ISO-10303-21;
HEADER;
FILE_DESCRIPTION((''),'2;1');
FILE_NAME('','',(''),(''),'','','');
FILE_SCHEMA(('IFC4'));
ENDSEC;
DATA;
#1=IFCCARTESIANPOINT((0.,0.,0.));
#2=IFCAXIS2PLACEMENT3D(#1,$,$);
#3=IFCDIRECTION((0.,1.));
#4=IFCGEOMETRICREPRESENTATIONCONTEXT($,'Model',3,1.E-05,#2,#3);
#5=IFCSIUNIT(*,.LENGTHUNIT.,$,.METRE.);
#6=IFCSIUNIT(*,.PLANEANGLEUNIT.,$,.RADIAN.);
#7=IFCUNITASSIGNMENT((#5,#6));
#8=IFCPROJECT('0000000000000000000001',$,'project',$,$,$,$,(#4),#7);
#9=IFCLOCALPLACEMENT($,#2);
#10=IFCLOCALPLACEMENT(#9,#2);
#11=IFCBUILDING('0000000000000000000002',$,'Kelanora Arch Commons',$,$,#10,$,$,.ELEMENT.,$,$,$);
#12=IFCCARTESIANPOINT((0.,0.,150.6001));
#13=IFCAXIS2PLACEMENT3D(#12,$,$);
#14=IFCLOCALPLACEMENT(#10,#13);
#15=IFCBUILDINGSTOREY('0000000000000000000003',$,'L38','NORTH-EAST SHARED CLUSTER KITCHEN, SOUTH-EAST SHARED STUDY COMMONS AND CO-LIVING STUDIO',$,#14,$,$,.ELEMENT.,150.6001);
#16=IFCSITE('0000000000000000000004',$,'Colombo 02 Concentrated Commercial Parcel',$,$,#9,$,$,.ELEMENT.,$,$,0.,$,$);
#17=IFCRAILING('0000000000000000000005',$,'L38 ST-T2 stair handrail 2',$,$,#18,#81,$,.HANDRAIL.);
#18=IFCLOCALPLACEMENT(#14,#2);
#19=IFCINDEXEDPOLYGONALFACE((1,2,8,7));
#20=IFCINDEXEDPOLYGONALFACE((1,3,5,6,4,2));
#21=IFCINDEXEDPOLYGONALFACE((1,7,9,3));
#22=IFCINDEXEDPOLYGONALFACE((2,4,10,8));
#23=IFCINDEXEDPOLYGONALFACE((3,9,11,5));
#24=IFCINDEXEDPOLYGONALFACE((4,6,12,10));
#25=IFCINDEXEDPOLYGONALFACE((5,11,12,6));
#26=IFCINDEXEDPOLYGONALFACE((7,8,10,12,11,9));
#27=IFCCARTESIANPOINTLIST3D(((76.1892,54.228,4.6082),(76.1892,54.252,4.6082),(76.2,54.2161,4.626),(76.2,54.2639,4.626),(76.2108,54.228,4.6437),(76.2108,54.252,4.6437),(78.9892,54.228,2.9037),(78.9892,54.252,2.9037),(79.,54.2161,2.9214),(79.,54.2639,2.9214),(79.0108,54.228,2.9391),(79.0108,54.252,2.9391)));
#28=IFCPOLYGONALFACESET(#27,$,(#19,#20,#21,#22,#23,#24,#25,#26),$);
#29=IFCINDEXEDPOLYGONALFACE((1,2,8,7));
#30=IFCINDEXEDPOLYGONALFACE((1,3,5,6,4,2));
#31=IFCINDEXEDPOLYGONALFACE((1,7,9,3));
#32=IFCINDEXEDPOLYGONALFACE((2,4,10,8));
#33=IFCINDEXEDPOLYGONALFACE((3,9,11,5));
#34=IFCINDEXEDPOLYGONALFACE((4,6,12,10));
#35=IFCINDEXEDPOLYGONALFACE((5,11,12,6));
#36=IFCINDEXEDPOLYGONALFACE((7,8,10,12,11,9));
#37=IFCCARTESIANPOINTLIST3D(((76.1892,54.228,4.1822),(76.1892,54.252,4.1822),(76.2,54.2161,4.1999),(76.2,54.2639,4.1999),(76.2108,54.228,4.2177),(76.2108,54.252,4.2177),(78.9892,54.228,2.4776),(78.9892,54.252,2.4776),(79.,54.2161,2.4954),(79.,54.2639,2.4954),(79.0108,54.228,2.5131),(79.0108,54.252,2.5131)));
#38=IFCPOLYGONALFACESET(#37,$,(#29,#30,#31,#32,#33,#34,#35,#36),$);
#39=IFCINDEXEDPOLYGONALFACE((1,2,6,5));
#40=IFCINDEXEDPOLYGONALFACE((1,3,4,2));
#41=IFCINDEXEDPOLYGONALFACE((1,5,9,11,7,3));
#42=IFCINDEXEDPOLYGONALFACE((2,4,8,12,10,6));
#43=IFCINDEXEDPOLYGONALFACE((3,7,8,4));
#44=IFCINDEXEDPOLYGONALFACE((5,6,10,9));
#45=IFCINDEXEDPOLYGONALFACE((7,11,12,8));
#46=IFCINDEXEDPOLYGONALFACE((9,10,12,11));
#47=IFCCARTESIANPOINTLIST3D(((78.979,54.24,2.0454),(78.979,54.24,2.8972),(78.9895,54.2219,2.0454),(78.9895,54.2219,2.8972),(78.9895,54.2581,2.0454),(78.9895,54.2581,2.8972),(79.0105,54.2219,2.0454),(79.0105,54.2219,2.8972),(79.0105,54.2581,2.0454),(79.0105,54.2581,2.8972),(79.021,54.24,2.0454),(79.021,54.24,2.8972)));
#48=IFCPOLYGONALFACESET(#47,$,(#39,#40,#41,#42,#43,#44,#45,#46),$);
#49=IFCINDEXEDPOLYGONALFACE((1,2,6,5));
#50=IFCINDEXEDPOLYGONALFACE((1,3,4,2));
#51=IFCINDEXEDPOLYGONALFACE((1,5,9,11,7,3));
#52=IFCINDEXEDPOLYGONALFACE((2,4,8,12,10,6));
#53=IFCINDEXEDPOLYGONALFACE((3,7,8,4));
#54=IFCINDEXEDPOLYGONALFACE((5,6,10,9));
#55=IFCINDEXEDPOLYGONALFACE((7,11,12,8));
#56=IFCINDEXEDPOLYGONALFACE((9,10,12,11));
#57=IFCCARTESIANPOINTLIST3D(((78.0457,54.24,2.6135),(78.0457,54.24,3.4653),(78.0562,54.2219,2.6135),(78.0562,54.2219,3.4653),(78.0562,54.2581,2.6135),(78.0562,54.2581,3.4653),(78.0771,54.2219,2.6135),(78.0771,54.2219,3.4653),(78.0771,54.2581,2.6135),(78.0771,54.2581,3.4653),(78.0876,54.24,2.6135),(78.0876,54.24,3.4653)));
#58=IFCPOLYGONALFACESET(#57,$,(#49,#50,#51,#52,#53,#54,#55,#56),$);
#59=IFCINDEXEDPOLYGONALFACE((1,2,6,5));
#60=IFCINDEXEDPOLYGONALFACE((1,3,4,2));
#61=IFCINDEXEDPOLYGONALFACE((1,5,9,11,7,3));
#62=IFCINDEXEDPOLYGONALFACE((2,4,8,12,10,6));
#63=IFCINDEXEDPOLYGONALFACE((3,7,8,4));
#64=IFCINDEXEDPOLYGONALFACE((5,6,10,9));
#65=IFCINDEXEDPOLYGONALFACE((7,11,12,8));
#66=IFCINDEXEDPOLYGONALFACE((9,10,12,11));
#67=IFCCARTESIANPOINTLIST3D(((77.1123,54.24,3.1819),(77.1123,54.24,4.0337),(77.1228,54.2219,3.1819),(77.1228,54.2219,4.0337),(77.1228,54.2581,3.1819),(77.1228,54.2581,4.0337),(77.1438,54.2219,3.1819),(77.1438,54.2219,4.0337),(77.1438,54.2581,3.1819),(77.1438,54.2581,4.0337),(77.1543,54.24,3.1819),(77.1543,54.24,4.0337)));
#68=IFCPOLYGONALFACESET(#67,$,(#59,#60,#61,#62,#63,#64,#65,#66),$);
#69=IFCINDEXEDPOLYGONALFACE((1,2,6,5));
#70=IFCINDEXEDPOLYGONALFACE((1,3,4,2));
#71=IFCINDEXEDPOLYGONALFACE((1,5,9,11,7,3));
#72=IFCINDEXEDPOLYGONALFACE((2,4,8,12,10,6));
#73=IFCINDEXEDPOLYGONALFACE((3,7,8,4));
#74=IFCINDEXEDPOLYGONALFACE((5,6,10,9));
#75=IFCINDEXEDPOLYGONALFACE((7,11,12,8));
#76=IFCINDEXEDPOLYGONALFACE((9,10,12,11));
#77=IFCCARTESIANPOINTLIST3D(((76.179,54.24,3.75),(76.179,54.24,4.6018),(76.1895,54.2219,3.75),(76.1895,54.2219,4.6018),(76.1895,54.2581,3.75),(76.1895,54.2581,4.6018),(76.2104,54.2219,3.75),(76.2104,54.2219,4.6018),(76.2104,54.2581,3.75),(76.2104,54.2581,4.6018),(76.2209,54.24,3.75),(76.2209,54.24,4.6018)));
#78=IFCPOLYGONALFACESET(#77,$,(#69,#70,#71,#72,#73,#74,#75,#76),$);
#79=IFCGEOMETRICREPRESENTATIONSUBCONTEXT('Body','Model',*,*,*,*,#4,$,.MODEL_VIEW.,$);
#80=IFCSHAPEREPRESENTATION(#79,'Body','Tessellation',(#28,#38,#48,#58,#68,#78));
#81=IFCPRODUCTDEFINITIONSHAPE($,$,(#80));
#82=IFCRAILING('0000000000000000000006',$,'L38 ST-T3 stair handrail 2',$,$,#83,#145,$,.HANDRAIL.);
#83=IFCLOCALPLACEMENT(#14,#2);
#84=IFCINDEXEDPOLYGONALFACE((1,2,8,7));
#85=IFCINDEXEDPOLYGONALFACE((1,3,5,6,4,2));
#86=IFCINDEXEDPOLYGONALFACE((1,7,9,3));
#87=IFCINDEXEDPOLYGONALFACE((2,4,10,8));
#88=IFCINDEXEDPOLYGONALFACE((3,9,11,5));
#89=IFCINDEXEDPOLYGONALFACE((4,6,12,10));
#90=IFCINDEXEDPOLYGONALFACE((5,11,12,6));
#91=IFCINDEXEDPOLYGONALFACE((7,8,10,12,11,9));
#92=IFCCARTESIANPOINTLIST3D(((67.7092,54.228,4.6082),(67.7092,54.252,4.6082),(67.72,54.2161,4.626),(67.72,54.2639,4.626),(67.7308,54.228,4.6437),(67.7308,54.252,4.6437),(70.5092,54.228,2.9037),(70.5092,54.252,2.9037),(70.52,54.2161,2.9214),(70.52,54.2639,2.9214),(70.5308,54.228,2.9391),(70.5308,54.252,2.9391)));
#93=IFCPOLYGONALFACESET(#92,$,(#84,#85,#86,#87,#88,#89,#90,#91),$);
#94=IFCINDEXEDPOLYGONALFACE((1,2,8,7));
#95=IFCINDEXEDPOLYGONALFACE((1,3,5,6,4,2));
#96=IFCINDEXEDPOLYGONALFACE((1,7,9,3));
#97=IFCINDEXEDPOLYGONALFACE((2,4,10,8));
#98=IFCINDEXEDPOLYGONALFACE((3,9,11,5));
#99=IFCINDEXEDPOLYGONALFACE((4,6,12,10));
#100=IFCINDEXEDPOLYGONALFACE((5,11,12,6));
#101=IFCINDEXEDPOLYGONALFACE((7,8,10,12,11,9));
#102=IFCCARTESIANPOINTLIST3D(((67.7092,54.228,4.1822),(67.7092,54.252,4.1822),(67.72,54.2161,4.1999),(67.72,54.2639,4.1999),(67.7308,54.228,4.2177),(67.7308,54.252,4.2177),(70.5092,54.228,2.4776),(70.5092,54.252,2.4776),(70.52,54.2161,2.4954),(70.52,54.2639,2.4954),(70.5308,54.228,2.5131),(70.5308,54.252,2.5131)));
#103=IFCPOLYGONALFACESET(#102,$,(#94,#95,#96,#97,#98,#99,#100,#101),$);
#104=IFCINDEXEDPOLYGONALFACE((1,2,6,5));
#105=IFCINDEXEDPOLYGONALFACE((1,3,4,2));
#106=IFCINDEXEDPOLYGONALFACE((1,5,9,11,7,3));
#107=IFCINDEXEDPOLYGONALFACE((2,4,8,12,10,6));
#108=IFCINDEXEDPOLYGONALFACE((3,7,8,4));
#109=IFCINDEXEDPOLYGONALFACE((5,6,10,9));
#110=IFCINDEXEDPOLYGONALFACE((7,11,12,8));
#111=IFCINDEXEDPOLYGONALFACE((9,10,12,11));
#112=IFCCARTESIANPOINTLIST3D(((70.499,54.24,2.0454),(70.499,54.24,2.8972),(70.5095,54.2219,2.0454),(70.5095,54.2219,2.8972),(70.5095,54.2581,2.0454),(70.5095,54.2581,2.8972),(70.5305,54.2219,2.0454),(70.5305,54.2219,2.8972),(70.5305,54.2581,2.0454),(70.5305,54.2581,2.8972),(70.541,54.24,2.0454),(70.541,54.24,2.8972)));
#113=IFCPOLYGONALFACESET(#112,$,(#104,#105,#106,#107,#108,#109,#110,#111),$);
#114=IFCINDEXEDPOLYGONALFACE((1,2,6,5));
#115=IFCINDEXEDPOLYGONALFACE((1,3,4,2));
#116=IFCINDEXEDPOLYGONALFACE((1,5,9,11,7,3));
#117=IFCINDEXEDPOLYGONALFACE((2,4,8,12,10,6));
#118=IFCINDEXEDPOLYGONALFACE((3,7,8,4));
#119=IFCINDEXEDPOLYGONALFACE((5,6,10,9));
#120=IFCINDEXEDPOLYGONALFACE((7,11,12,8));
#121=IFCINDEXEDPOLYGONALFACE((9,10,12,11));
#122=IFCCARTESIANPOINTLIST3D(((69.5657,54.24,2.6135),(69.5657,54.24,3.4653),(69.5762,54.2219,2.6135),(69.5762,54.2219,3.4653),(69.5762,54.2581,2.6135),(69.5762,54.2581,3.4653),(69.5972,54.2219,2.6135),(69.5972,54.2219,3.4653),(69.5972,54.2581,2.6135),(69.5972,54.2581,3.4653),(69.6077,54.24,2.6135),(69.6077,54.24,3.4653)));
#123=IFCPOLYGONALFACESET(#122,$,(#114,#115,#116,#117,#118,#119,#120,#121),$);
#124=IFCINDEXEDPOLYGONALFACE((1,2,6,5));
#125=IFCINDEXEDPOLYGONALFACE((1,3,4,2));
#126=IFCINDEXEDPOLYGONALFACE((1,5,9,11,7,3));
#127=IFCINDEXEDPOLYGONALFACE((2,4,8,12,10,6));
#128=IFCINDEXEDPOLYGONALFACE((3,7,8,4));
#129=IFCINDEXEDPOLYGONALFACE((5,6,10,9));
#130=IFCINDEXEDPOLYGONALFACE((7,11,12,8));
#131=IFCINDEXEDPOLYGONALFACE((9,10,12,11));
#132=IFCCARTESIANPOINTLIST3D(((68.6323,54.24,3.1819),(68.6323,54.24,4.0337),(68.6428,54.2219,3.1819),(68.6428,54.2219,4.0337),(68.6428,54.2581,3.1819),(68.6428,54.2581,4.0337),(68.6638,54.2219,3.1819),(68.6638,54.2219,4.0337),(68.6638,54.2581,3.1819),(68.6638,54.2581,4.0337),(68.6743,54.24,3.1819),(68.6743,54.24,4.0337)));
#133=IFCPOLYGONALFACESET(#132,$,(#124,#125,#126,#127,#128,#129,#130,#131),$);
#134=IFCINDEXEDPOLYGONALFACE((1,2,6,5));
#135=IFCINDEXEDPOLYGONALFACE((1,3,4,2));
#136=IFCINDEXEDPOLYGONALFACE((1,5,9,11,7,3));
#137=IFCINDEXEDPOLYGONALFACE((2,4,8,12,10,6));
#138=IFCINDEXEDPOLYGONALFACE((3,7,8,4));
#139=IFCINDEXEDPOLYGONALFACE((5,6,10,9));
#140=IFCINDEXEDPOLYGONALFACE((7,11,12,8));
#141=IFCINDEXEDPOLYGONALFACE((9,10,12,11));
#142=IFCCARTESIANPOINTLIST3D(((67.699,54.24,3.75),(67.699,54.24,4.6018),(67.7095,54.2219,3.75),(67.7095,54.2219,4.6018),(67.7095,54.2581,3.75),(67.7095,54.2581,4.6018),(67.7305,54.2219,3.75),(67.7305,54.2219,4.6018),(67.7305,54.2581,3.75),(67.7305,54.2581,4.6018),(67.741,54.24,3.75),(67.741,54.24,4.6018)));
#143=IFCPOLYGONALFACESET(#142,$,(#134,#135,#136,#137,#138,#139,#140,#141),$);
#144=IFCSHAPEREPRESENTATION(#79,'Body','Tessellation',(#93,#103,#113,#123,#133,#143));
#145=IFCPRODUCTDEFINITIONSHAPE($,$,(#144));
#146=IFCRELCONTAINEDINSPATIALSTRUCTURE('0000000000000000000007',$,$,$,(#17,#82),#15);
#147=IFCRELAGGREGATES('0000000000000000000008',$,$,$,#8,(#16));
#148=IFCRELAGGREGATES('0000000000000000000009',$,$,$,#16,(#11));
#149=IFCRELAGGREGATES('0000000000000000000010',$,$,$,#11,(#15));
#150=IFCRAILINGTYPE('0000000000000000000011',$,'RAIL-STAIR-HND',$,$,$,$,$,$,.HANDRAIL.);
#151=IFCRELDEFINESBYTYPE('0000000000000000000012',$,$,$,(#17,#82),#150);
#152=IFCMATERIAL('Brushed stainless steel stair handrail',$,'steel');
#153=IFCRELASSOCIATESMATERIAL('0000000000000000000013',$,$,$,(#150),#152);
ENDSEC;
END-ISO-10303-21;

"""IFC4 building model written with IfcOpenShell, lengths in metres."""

from ifc_helpers import new_model, si_unit, direction, frame, origin, place, context, subcontext, project, spatial, polyline, outline, extrude, material, type_object, element, save


model = new_model("IFC4")

# Units and contexts
model_context = context("Model", 3, precision=1e-05, world=origin(), true_north=direction((0.0, 1.0)))
body_context = subcontext(model_context, "Body", "Model", "MODEL_VIEW")
ifc_project = project(units=[si_unit("LENGTHUNIT", "METRE"), si_unit("PLANEANGLEUNIT", "RADIAN")], contexts=[model_context])

# Site, building, storey
site_placement = place(None, origin())
site = spatial("IfcSite", under=ifc_project, at=site_placement, Name="Colombo 02 Concentrated Commercial Parcel", CompositionType="ELEMENT", RefElevation=0.0)
building_placement = place(site_placement, origin())
building = spatial("IfcBuilding", under=site, at=building_placement, Name="Kelanora Arch Commons", CompositionType="ELEMENT")
storey_placement = place(building_placement, frame((0.0, 0.0, 150.6001)))
storey = spatial("IfcBuildingStorey", under=building, at=storey_placement, Name="L38", Description="NORTH-EAST SHARED CLUSTER KITCHEN, SOUTH-EAST SHARED STUDY COMMONS AND CO-LIVING STUDIO", CompositionType="ELEMENT", Elevation=150.6001)

# Railings
ifc_material_1 = material(Name="Brushed stainless steel stair handrail", Category="steel")
railing_type_1 = type_object("IfcRailingType", Name="RAIL-STAIR-HND", PredefinedType="HANDRAIL", material=ifc_material_1)
railing_1_placement = place(storey_placement, frame((79.0, 54.24, 2.0454)))
element("IfcRailing", 1, at=railing_1_placement, inside=storey, type_object=railing_type_1, Name="L38 ST-T2 stair handrail 2", PredefinedType="HANDRAIL", context=body_context, shape_type="SweptSolid", body=[
    extrude(outline(polyline([(0.0239, 0.0), (0.012, 0.0208), (-0.012, 0.0208), (-0.0239, 0.0), (-0.012, -0.0208), (0.012, -0.0208), (0.0239, 0.0)])), frame((0.0, 0.0, 0.876), z_axis=(-0.85417, 0.0, 0.519994), x_axis=(0.0, -1.0, 0.0)), (0.0, 0.0, 1.0), 3.2781),
    extrude(outline(polyline([(0.0239, 0.0), (0.012, 0.0208), (-0.012, 0.0208), (-0.0239, 0.0), (-0.012, -0.0208), (0.012, -0.0208), (0.0239, 0.0)])), frame((0.0, 0.0, 0.45), z_axis=(-0.85417, 0.0, 0.519994), x_axis=(0.0, -1.0, 0.0)), (0.0, 0.0, 1.0), 3.2781),
    extrude(outline(polyline([(0.021, 0.0), (0.0105, 0.0181), (-0.0105, 0.0181), (-0.021, 0.0), (-0.0105, -0.0181), (0.0105, -0.0181), (0.021, 0.0)])), origin(), (0.0, 0.0, 1.0), 0.8518),
    extrude(outline(polyline([(0.021, 0.0), (0.0105, 0.0181), (-0.0105, 0.0181), (-0.021, 0.0), (-0.0105, -0.0181), (0.0105, -0.0181), (0.021, 0.0)])), frame((-0.9333, 0.0, 0.5681)), (0.0, 0.0, 1.0), 0.8518),
    extrude(outline(polyline([(0.021, 0.0), (0.0105, 0.0181), (-0.0105, 0.0181), (-0.021, 0.0), (-0.0105, -0.0181), (0.0105, -0.0181), (0.021, 0.0)])), frame((-1.8667, 0.0, 1.1365)), (0.0, 0.0, 1.0), 0.8518),
    extrude(outline(polyline([(0.021, 0.0), (0.0105, 0.0181), (-0.0105, 0.0181), (-0.021, 0.0), (-0.0105, -0.0181), (0.0105, -0.0181), (0.021, 0.0)])), frame((-2.8, 0.0, 1.7046)), (0.0, 0.0, 1.0), 0.8518),
])
railing_2_placement = place(storey_placement, frame((70.52, 54.24, 2.0454)))
element("IfcRailing", 2, at=railing_2_placement, inside=storey, type_object=railing_type_1, Name="L38 ST-T3 stair handrail 2", PredefinedType="HANDRAIL", context=body_context, shape_type="SweptSolid", body=[
    extrude(outline(polyline([(0.0239, 0.0), (0.012, 0.0208), (-0.012, 0.0208), (-0.0239, 0.0), (-0.012, -0.0208), (0.012, -0.0208), (0.0239, 0.0)])), frame((0.0, 0.0, 0.876), z_axis=(-0.85417, 0.0, 0.519994), x_axis=(0.0, -1.0, 0.0)), (0.0, 0.0, 1.0), 3.2781),
    extrude(outline(polyline([(0.0239, 0.0), (0.012, 0.0208), (-0.012, 0.0208), (-0.0239, 0.0), (-0.012, -0.0208), (0.012, -0.0208), (0.0239, 0.0)])), frame((0.0, 0.0, 0.45), z_axis=(-0.85417, 0.0, 0.519994), x_axis=(0.0, -1.0, 0.0)), (0.0, 0.0, 1.0), 3.2781),
    extrude(outline(polyline([(0.021, 0.0), (0.0105, 0.0181), (-0.0105, 0.0181), (-0.021, 0.0), (-0.0105, -0.0181), (0.0105, -0.0181), (0.021, 0.0)])), origin(), (0.0, 0.0, 1.0), 0.8518),
    extrude(outline(polyline([(0.021, 0.0), (0.0105, 0.0181), (-0.0105, 0.0181), (-0.021, 0.0), (-0.0105, -0.0181), (0.0105, -0.0181), (0.021, 0.0)])), frame((-0.9333, 0.0, 0.5681)), (0.0, 0.0, 1.0), 0.8518),
    extrude(outline(polyline([(0.021, 0.0), (0.0105, 0.0181), (-0.0105, 0.0181), (-0.021, 0.0), (-0.0105, -0.0181), (0.0105, -0.0181), (0.021, 0.0)])), frame((-1.8667, 0.0, 1.1365)), (0.0, 0.0, 1.0), 0.8518),
    extrude(outline(polyline([(0.021, 0.0), (0.0105, 0.0181), (-0.0105, 0.0181), (-0.021, 0.0), (-0.0105, -0.0181), (0.0105, -0.0181), (0.021, 0.0)])), frame((-2.8, 0.0, 1.7046)), (0.0, 0.0, 1.0), 0.8518),
])

save(model, "model.ifc")
